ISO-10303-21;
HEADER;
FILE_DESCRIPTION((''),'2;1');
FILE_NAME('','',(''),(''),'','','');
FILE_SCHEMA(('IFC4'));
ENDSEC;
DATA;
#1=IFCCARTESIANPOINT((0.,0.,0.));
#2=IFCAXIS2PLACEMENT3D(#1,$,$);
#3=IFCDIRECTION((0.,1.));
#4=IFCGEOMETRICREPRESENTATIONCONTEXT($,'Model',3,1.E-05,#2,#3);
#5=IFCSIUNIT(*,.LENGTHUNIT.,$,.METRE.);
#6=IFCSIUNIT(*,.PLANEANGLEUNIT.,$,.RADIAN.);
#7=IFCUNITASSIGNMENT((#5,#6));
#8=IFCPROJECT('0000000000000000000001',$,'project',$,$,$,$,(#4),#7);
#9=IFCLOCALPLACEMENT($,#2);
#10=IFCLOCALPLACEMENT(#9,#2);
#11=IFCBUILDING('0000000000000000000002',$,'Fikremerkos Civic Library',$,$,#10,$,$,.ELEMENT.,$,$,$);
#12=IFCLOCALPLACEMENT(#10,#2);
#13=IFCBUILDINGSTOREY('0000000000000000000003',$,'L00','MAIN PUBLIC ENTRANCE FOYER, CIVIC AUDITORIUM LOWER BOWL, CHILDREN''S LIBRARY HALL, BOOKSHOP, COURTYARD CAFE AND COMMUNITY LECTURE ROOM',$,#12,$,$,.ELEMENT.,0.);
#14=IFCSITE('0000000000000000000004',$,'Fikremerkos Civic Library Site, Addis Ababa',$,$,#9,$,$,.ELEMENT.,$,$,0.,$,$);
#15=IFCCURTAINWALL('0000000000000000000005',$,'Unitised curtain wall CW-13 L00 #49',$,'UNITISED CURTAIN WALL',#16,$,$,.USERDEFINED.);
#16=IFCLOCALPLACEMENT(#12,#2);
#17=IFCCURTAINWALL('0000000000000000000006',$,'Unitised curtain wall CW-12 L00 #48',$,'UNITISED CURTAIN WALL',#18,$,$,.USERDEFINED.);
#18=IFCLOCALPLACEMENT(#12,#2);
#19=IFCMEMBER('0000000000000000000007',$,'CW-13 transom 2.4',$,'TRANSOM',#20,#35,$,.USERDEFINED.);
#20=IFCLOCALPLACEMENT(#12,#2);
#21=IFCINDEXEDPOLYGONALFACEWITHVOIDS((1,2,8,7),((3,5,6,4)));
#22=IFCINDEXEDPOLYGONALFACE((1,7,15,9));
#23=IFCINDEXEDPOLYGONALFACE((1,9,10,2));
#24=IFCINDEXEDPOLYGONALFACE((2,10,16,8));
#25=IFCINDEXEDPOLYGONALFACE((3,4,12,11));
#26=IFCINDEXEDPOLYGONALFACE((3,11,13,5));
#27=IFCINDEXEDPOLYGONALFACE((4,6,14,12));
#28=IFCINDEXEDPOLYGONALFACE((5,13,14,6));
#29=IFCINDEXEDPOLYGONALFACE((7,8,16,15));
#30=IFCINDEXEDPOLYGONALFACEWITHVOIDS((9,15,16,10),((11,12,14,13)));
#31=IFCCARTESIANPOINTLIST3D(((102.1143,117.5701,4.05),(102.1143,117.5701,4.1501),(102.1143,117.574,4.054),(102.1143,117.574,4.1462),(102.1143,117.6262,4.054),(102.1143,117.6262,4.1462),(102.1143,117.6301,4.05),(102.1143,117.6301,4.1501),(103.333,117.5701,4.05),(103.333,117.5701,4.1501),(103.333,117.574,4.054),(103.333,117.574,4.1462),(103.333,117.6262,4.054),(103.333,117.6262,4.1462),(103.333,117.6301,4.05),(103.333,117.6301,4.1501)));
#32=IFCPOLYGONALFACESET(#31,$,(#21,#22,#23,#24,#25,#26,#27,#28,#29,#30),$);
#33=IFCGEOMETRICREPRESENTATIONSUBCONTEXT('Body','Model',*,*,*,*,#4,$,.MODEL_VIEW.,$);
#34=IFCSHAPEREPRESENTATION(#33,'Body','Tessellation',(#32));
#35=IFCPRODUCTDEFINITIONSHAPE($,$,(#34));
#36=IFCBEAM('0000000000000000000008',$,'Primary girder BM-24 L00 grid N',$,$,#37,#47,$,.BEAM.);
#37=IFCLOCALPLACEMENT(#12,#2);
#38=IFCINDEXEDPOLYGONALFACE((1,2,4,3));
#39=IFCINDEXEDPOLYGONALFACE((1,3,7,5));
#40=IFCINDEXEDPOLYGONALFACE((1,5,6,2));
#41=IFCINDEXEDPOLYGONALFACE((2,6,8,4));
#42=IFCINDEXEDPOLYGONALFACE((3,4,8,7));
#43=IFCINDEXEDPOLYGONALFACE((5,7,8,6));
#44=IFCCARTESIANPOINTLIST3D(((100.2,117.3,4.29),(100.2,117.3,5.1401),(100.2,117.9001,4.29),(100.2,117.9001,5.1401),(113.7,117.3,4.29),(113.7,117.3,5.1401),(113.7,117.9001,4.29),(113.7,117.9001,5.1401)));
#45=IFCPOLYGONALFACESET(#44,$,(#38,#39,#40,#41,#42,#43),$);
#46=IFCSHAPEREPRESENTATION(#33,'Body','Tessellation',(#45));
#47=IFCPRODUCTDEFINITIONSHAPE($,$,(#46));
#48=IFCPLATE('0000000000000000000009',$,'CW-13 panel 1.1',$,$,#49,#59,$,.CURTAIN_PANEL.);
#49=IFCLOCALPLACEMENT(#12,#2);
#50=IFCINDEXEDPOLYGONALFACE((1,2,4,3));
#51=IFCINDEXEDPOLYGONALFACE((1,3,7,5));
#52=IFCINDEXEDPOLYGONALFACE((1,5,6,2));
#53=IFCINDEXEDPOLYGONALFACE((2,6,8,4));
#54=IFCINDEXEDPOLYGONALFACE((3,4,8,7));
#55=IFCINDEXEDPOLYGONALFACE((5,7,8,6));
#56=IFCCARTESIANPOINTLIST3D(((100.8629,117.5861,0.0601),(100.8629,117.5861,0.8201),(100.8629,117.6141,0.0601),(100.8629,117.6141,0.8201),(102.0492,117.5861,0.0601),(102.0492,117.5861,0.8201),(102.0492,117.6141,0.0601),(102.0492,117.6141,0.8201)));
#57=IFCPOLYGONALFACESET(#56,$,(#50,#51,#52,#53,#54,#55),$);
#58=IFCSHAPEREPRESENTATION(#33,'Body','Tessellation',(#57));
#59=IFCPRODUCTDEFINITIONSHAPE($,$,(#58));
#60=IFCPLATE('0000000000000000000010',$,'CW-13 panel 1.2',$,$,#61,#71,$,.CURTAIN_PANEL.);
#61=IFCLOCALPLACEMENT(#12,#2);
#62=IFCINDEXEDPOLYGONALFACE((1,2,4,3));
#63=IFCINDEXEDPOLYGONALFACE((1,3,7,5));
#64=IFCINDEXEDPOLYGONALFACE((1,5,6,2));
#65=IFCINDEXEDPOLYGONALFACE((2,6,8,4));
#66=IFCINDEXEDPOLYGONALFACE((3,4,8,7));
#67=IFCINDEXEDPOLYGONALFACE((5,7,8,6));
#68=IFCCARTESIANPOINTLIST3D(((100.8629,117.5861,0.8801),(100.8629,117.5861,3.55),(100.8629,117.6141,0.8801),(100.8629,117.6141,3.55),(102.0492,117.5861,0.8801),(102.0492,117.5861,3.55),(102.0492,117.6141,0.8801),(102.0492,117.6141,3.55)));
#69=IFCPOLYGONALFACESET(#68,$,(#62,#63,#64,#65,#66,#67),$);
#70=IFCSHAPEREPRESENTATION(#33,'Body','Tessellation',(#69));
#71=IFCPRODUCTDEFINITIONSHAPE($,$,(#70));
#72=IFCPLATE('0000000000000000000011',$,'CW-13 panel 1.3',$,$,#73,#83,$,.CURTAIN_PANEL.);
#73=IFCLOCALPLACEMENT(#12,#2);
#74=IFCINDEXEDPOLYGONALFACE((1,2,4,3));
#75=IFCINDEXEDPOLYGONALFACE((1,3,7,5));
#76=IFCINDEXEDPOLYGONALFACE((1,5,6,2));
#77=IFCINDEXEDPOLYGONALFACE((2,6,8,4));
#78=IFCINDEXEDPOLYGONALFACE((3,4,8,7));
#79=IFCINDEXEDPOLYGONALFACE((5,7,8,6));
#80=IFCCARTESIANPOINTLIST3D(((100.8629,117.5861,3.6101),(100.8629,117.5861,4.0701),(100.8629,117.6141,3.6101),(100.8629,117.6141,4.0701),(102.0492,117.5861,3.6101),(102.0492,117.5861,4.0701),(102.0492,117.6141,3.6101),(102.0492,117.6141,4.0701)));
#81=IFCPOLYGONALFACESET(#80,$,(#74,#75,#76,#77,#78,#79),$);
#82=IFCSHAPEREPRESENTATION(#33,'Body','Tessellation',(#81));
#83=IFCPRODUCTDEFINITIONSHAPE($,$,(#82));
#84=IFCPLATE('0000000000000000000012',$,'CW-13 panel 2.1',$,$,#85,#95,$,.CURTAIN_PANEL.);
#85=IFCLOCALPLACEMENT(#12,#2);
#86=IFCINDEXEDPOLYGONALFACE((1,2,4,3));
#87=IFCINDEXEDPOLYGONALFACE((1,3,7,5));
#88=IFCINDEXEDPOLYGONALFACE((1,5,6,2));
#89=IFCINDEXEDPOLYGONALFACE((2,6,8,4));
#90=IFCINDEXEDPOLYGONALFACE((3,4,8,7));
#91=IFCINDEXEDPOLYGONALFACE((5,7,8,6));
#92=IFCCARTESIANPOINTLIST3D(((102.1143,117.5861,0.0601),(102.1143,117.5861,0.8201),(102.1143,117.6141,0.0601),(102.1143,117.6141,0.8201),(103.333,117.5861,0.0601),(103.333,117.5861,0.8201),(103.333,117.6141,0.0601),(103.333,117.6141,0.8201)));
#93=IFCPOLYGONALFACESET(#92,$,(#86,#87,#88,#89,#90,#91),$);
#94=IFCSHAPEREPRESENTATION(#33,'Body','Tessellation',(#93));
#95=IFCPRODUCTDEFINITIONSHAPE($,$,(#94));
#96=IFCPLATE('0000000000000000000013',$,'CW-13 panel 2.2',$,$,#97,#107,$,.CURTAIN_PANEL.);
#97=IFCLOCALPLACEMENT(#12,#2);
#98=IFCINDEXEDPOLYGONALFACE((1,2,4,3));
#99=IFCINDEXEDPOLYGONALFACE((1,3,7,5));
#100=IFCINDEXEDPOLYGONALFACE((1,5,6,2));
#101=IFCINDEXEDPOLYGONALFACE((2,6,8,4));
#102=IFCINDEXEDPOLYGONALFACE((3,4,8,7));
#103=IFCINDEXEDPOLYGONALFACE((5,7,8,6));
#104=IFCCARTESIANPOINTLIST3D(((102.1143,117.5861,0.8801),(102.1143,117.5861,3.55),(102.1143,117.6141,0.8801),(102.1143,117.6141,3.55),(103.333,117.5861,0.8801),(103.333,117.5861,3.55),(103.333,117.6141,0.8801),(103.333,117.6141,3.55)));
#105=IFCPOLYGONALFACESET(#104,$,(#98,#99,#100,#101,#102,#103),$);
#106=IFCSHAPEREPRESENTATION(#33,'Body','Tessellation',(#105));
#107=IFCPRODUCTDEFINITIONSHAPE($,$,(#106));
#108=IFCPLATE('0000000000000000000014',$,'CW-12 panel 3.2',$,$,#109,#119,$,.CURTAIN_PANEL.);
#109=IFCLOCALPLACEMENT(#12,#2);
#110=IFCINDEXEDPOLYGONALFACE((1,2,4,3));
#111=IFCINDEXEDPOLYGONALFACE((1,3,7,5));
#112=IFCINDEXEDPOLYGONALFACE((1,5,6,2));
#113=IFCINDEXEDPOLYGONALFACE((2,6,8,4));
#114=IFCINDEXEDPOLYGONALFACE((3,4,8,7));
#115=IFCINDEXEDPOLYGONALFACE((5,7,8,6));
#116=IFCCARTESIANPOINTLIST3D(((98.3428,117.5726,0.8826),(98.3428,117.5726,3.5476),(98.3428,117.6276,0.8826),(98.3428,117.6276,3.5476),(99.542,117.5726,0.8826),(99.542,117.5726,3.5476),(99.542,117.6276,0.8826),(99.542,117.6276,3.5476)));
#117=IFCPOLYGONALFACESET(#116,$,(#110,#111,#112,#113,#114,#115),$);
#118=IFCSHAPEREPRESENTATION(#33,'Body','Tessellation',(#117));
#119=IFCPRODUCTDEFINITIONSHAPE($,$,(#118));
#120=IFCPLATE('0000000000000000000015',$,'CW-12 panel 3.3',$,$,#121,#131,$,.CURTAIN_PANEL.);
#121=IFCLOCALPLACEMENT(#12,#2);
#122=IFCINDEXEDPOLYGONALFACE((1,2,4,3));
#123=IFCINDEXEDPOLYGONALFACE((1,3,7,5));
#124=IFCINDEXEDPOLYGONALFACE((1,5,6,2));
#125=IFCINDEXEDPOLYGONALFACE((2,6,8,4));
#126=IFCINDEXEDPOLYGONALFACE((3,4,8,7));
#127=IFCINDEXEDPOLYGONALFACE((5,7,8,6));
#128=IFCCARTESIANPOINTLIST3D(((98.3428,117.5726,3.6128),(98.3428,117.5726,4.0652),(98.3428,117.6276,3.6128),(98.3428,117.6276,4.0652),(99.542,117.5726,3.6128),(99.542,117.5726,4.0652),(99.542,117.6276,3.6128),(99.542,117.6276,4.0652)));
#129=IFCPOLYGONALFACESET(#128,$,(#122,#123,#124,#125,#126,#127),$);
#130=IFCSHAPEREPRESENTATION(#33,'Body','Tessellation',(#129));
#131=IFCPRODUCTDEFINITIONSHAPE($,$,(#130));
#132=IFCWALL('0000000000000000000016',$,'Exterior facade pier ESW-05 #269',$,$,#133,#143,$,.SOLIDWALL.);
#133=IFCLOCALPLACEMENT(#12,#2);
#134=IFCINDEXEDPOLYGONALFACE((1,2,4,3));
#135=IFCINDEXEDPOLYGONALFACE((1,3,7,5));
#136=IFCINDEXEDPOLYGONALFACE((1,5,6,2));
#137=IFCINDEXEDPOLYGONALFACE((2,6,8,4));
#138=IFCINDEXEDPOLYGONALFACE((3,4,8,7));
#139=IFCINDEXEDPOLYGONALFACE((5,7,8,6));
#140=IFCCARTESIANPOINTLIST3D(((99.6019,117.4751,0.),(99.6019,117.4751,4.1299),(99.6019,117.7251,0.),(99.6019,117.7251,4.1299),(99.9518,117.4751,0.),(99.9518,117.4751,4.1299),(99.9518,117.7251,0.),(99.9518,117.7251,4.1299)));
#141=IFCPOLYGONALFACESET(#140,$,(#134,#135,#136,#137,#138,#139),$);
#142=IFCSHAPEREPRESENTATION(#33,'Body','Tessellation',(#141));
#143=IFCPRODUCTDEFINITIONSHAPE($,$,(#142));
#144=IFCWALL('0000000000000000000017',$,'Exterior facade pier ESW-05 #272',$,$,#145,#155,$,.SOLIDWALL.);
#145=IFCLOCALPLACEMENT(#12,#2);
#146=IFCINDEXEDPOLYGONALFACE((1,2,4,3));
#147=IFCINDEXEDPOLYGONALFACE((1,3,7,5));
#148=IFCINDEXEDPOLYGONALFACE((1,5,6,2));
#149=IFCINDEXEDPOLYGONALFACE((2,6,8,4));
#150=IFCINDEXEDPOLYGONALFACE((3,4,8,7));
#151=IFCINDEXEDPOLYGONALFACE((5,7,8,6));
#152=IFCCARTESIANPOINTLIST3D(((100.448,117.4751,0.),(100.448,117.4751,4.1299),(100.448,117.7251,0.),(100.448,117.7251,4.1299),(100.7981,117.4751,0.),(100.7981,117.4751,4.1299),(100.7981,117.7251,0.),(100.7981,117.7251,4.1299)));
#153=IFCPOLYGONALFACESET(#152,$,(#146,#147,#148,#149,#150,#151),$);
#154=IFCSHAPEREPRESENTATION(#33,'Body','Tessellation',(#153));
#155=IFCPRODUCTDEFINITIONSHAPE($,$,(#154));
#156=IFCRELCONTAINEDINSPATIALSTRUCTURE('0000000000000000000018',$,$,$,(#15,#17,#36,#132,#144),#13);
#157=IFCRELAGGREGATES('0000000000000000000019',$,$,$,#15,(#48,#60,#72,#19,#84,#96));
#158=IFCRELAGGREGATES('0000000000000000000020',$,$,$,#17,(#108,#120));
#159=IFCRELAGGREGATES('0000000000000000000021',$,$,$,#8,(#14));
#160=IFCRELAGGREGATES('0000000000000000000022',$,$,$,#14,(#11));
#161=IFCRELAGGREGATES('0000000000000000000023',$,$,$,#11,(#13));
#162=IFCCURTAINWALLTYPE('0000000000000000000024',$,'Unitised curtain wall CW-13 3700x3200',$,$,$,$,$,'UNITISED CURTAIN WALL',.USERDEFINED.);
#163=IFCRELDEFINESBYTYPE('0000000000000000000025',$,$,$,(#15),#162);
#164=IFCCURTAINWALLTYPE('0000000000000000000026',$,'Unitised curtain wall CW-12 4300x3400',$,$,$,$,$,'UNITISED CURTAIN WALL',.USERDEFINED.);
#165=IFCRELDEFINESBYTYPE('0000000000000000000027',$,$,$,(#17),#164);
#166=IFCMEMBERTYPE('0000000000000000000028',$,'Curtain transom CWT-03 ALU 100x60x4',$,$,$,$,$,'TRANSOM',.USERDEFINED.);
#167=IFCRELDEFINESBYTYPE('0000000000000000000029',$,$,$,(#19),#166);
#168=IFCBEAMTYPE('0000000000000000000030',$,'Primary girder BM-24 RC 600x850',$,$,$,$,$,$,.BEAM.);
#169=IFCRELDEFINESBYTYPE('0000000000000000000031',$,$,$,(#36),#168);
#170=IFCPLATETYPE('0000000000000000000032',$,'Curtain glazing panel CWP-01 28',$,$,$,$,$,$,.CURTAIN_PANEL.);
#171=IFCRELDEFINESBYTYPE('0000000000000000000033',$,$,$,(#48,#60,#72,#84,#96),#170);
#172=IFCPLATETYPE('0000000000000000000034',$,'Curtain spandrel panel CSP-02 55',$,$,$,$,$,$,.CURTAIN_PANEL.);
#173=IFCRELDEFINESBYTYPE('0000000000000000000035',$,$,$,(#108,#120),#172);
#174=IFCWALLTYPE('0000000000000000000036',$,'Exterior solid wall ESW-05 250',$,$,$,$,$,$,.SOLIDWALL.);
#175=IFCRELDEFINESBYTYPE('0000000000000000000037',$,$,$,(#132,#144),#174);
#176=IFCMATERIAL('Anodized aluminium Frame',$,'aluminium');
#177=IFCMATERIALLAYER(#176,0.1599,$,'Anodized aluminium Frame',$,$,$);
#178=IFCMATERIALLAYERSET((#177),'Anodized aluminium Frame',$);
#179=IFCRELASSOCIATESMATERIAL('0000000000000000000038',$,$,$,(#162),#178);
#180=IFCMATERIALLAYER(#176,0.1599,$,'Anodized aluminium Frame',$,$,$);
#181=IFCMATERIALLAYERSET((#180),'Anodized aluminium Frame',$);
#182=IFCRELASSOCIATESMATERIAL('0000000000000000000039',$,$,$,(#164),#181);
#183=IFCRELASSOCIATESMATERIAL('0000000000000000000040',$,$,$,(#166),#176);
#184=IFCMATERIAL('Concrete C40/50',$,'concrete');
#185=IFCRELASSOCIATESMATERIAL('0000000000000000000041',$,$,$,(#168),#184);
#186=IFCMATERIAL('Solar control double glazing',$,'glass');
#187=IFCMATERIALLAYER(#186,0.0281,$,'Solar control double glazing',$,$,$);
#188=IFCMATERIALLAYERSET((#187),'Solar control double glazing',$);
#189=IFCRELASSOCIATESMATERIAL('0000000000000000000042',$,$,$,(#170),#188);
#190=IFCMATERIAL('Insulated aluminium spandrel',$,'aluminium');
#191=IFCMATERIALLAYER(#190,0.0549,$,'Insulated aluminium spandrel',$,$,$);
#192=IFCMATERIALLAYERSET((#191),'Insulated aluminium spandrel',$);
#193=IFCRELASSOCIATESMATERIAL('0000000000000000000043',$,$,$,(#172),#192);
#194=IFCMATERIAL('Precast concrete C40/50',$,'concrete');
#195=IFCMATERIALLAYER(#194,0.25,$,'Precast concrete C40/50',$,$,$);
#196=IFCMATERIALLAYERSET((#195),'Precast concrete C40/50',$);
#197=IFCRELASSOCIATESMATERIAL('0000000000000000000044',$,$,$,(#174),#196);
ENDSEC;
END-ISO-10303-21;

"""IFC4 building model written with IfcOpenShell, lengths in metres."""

from ifc_helpers import new_model, si_unit, direction, frame, frame_2d, origin, origin_2d, place, context, subcontext, project, spatial, rectangle, hollow_rectangle, extrude, material, layer, layer_set, material_profile, profile_set, type_object, element, aggregate, save


model = new_model("IFC4")

# Units and contexts
model_context = context("Model", 3, precision=1e-05, world=origin(), true_north=direction((0.0, 1.0)))
body_context = subcontext(model_context, "Body", "Model", "MODEL_VIEW")
ifc_project = project(units=[si_unit("LENGTHUNIT", "METRE"), si_unit("PLANEANGLEUNIT", "RADIAN")], contexts=[model_context])

# Site, building, storey
site_placement = place(None, origin())
site = spatial("IfcSite", under=ifc_project, at=site_placement, Name="Fikremerkos Civic Library Site, Addis Ababa", CompositionType="ELEMENT", RefElevation=0.0)
building_placement = place(site_placement, origin())
building = spatial("IfcBuilding", under=site, at=building_placement, Name="Fikremerkos Civic Library", CompositionType="ELEMENT")
storey_placement = place(building_placement, origin())
storey = spatial("IfcBuildingStorey", under=building, at=storey_placement, Name="L00", Description="MAIN PUBLIC ENTRANCE FOYER, CIVIC AUDITORIUM LOWER BOWL, CHILDREN'S LIBRARY HALL, BOOKSHOP, COURTYARD CAFE AND COMMUNITY LECTURE ROOM", CompositionType="ELEMENT", Elevation=0.0)

# Shared definitions
ifc_material_1 = material(Name="Concrete C40/50", Category="concrete")

# Curtain wall
ifc_material_2 = material(Name="Anodized aluminium Frame", Category="aluminium")
ifc_layer_1 = layer(ifc_material_2, 0.1599, Name="Anodized aluminium Frame")
ifc_layer_set_1 = layer_set([ifc_layer_1], Name="Anodized aluminium Frame")
curtain_wall_type_1 = type_object("IfcCurtainWallType", Name="Unitised curtain wall CW-13 3700x3200", ElementType="UNITISED CURTAIN WALL", PredefinedType="USERDEFINED", material=ifc_layer_set_1)
curtain_wall_1_placement = place(storey_placement, origin())
curtain_wall_1 = element("IfcCurtainWall", 1, at=curtain_wall_1_placement, inside=storey, type_object=curtain_wall_type_1, Name="Unitised curtain wall CW-13 L00 #49", ObjectType="UNITISED CURTAIN WALL", PredefinedType="USERDEFINED")

# Curtain wall
ifc_layer_2 = layer(ifc_material_2, 0.1599, Name="Anodized aluminium Frame")
ifc_layer_set_2 = layer_set([ifc_layer_2], Name="Anodized aluminium Frame")
curtain_wall_type_2 = type_object("IfcCurtainWallType", Name="Unitised curtain wall CW-12 4300x3400", ElementType="UNITISED CURTAIN WALL", PredefinedType="USERDEFINED", material=ifc_layer_set_2)
curtain_wall_2_placement = place(storey_placement, origin())
curtain_wall_2 = element("IfcCurtainWall", 2, at=curtain_wall_2_placement, inside=storey, type_object=curtain_wall_type_2, Name="Unitised curtain wall CW-12 L00 #48", ObjectType="UNITISED CURTAIN WALL", PredefinedType="USERDEFINED")

# Member
ifc_material_profile_1 = material_profile(ifc_material_2, hollow_rectangle(XDim=0.0601, YDim=0.1001, WallThickness=0.0039, at=origin_2d()), Name="ALU 100x60x4")
ifc_profile_set_1 = profile_set([ifc_material_profile_1], Name="Anodized aluminium Frame")
member_type_1 = type_object("IfcMemberType", Name="Curtain transom CWT-03 ALU 100x60x4", ElementType="TRANSOM", PredefinedType="USERDEFINED", material=ifc_profile_set_1)
member_1_placement = place(storey_placement, frame((102.1143, 117.6001, 4.1001), z_axis=(1.0, 0.0, 0.0), x_axis=(0.0, 1.0, 0.0)))
member_1 = element("IfcMember", 3, at=member_1_placement, type_object=member_type_1, Name="CW-13 transom 2.4", ObjectType="TRANSOM", PredefinedType="USERDEFINED", context=body_context, shape_type="SweptSolid", body=[
    extrude(hollow_rectangle(XDim=0.0601, YDim=0.1001, WallThickness=0.0039, at=origin_2d()), origin(), (0.0, 0.0, 1.0), 1.2188),
])

# Beam
ifc_material_profile_2 = material_profile(ifc_material_1, rectangle(XDim=0.6001, YDim=0.8501, at=origin_2d()), Name="RC 600x850")
ifc_profile_set_2 = profile_set([ifc_material_profile_2], Name="Concrete C40/50")
beam_type = type_object("IfcBeamType", Name="Primary girder BM-24 RC 600x850", PredefinedType="BEAM", material=ifc_profile_set_2)
beam_placement = place(storey_placement, frame((100.2, 117.6001, 4.7151), z_axis=(1.0, 0.0, 0.0), x_axis=(0.0, 1.0, 0.0)))
element("IfcBeam", 4, at=beam_placement, inside=storey, type_object=beam_type, Name="Primary girder BM-24 L00 grid N", PredefinedType="BEAM", context=body_context, shape_type="SweptSolid", body=[
    extrude(rectangle(XDim=0.6001, YDim=0.8501, at=origin_2d()), origin(), (0.0, 0.0, 1.0), 13.5),
])

# Plates
ifc_material_3 = material(Name="Solar control double glazing", Category="glass")
ifc_layer_3 = layer(ifc_material_3, 0.0281, Name="Solar control double glazing")
ifc_layer_set_3 = layer_set([ifc_layer_3], Name="Solar control double glazing")
plate_type_1 = type_object("IfcPlateType", Name="Curtain glazing panel CWP-01 28", PredefinedType="CURTAIN_PANEL", material=ifc_layer_set_3)
plate_1_placement = place(storey_placement, frame((101.4561, 117.6001, 0.0601), z_axis=(0.0, 0.0, 1.0), x_axis=(1.0, 0.0, 0.0)))
plate_1 = element("IfcPlate", 5, at=plate_1_placement, type_object=plate_type_1, Name="CW-13 panel 1.1", PredefinedType="CURTAIN_PANEL", context=body_context, shape_type="SweptSolid", body=[
    extrude(rectangle(XDim=1.1863, YDim=0.0281, at=origin_2d()), origin(), (0.0, 0.0, 1.0), 0.76),
])
plate_2_placement = place(storey_placement, frame((101.4561, 117.6001, 0.8801), z_axis=(0.0, 0.0, 1.0), x_axis=(1.0, 0.0, 0.0)))
plate_2 = element("IfcPlate", 6, at=plate_2_placement, type_object=plate_type_1, Name="CW-13 panel 1.2", PredefinedType="CURTAIN_PANEL", context=body_context, shape_type="SweptSolid", body=[
    extrude(rectangle(XDim=1.1863, YDim=0.0281, at=origin_2d()), origin(), (0.0, 0.0, 1.0), 2.6699),
])
plate_3_placement = place(storey_placement, frame((101.4561, 117.6001, 3.6101), z_axis=(0.0, 0.0, 1.0), x_axis=(1.0, 0.0, 0.0)))
plate_3 = element("IfcPlate", 7, at=plate_3_placement, type_object=plate_type_1, Name="CW-13 panel 1.3", PredefinedType="CURTAIN_PANEL", context=body_context, shape_type="SweptSolid", body=[
    extrude(rectangle(XDim=1.1863, YDim=0.0281, at=origin_2d()), origin(), (0.0, 0.0, 1.0), 0.46),
])
plate_4_placement = place(storey_placement, frame((102.7236, 117.6001, 0.0601), z_axis=(0.0, 0.0, 1.0), x_axis=(1.0, 0.0, 0.0)))
plate_4 = element("IfcPlate", 8, at=plate_4_placement, type_object=plate_type_1, Name="CW-13 panel 2.1", PredefinedType="CURTAIN_PANEL", context=body_context, shape_type="SweptSolid", body=[
    extrude(rectangle(XDim=1.2188, YDim=0.0281, at=origin_2d()), origin(), (0.0, 0.0, 1.0), 0.76),
])
plate_5_placement = place(storey_placement, frame((102.7236, 117.6001, 0.8801), z_axis=(0.0, 0.0, 1.0), x_axis=(1.0, 0.0, 0.0)))
plate_5 = element("IfcPlate", 9, at=plate_5_placement, type_object=plate_type_1, Name="CW-13 panel 2.2", PredefinedType="CURTAIN_PANEL", context=body_context, shape_type="SweptSolid", body=[
    extrude(rectangle(XDim=1.2188, YDim=0.0281, at=origin_2d()), origin(), (0.0, 0.0, 1.0), 2.6699),
])
aggregate(curtain_wall_1, [plate_1, plate_2, plate_3, member_1, plate_4, plate_5])
ifc_material_4 = material(Name="Insulated aluminium spandrel", Category="aluminium")
ifc_layer_4 = layer(ifc_material_4, 0.0549, Name="Insulated aluminium spandrel")
ifc_layer_set_4 = layer_set([ifc_layer_4], Name="Insulated aluminium spandrel")
plate_type_2 = type_object("IfcPlateType", Name="Curtain spandrel panel CSP-02 55", PredefinedType="CURTAIN_PANEL", material=ifc_layer_set_4)
plate_6_placement = place(storey_placement, frame((98.9424, 117.6001, 0.8826), z_axis=(0.0, 0.0, 1.0), x_axis=(1.0, 0.0, 0.0)))
plate_6 = element("IfcPlate", 10, at=plate_6_placement, type_object=plate_type_2, Name="CW-12 panel 3.2", PredefinedType="CURTAIN_PANEL", context=body_context, shape_type="SweptSolid", body=[
    extrude(rectangle(XDim=1.1992, YDim=0.0549, at=origin_2d()), origin(), (0.0, 0.0, 1.0), 2.665),
])
plate_7_placement = place(storey_placement, frame((98.9424, 117.6001, 3.6128), z_axis=(0.0, 0.0, 1.0), x_axis=(1.0, 0.0, 0.0)))
plate_7 = element("IfcPlate", 11, at=plate_7_placement, type_object=plate_type_2, Name="CW-12 panel 3.3", PredefinedType="CURTAIN_PANEL", context=body_context, shape_type="SweptSolid", body=[
    extrude(rectangle(XDim=1.1992, YDim=0.0549, at=origin_2d()), origin(), (0.0, 0.0, 1.0), 0.4524),
])
aggregate(curtain_wall_2, [plate_6, plate_7])

# Walls
ifc_material_5 = material(Name="Precast concrete C40/50", Category="concrete")
ifc_layer_5 = layer(ifc_material_5, 0.25, Name="Precast concrete C40/50")
ifc_layer_set_5 = layer_set([ifc_layer_5], Name="Precast concrete C40/50")
wall_type = type_object("IfcWallType", Name="Exterior solid wall ESW-05 250", PredefinedType="SOLIDWALL", material=ifc_layer_set_5)
wall_1_placement = place(storey_placement, frame((99.6021, 117.6001, 0.0), z_axis=(0.0, 0.0, 1.0), x_axis=(1.0, 0.0, 0.0)))
element("IfcWall", 12, at=wall_1_placement, inside=storey, type_object=wall_type, Name="Exterior facade pier ESW-05 #269", PredefinedType="SOLIDWALL", context=body_context, shape_type="SweptSolid", body=[
    extrude(rectangle(XDim=0.3499, YDim=0.25, at=frame_2d((0.1748, 0.0))), origin(), (0.0, 0.0, 1.0), 4.1299),
])
wall_2_placement = place(storey_placement, frame((100.448, 117.6001, 0.0), z_axis=(0.0, 0.0, 1.0), x_axis=(1.0, 0.0, 0.0)))
element("IfcWall", 13, at=wall_2_placement, inside=storey, type_object=wall_type, Name="Exterior facade pier ESW-05 #272", PredefinedType="SOLIDWALL", context=body_context, shape_type="SweptSolid", body=[
    extrude(rectangle(XDim=0.3501, YDim=0.25, at=frame_2d((0.175, 0.0))), origin(), (0.0, 0.0, 1.0), 4.1299),
])

save(model, "model.ifc")
